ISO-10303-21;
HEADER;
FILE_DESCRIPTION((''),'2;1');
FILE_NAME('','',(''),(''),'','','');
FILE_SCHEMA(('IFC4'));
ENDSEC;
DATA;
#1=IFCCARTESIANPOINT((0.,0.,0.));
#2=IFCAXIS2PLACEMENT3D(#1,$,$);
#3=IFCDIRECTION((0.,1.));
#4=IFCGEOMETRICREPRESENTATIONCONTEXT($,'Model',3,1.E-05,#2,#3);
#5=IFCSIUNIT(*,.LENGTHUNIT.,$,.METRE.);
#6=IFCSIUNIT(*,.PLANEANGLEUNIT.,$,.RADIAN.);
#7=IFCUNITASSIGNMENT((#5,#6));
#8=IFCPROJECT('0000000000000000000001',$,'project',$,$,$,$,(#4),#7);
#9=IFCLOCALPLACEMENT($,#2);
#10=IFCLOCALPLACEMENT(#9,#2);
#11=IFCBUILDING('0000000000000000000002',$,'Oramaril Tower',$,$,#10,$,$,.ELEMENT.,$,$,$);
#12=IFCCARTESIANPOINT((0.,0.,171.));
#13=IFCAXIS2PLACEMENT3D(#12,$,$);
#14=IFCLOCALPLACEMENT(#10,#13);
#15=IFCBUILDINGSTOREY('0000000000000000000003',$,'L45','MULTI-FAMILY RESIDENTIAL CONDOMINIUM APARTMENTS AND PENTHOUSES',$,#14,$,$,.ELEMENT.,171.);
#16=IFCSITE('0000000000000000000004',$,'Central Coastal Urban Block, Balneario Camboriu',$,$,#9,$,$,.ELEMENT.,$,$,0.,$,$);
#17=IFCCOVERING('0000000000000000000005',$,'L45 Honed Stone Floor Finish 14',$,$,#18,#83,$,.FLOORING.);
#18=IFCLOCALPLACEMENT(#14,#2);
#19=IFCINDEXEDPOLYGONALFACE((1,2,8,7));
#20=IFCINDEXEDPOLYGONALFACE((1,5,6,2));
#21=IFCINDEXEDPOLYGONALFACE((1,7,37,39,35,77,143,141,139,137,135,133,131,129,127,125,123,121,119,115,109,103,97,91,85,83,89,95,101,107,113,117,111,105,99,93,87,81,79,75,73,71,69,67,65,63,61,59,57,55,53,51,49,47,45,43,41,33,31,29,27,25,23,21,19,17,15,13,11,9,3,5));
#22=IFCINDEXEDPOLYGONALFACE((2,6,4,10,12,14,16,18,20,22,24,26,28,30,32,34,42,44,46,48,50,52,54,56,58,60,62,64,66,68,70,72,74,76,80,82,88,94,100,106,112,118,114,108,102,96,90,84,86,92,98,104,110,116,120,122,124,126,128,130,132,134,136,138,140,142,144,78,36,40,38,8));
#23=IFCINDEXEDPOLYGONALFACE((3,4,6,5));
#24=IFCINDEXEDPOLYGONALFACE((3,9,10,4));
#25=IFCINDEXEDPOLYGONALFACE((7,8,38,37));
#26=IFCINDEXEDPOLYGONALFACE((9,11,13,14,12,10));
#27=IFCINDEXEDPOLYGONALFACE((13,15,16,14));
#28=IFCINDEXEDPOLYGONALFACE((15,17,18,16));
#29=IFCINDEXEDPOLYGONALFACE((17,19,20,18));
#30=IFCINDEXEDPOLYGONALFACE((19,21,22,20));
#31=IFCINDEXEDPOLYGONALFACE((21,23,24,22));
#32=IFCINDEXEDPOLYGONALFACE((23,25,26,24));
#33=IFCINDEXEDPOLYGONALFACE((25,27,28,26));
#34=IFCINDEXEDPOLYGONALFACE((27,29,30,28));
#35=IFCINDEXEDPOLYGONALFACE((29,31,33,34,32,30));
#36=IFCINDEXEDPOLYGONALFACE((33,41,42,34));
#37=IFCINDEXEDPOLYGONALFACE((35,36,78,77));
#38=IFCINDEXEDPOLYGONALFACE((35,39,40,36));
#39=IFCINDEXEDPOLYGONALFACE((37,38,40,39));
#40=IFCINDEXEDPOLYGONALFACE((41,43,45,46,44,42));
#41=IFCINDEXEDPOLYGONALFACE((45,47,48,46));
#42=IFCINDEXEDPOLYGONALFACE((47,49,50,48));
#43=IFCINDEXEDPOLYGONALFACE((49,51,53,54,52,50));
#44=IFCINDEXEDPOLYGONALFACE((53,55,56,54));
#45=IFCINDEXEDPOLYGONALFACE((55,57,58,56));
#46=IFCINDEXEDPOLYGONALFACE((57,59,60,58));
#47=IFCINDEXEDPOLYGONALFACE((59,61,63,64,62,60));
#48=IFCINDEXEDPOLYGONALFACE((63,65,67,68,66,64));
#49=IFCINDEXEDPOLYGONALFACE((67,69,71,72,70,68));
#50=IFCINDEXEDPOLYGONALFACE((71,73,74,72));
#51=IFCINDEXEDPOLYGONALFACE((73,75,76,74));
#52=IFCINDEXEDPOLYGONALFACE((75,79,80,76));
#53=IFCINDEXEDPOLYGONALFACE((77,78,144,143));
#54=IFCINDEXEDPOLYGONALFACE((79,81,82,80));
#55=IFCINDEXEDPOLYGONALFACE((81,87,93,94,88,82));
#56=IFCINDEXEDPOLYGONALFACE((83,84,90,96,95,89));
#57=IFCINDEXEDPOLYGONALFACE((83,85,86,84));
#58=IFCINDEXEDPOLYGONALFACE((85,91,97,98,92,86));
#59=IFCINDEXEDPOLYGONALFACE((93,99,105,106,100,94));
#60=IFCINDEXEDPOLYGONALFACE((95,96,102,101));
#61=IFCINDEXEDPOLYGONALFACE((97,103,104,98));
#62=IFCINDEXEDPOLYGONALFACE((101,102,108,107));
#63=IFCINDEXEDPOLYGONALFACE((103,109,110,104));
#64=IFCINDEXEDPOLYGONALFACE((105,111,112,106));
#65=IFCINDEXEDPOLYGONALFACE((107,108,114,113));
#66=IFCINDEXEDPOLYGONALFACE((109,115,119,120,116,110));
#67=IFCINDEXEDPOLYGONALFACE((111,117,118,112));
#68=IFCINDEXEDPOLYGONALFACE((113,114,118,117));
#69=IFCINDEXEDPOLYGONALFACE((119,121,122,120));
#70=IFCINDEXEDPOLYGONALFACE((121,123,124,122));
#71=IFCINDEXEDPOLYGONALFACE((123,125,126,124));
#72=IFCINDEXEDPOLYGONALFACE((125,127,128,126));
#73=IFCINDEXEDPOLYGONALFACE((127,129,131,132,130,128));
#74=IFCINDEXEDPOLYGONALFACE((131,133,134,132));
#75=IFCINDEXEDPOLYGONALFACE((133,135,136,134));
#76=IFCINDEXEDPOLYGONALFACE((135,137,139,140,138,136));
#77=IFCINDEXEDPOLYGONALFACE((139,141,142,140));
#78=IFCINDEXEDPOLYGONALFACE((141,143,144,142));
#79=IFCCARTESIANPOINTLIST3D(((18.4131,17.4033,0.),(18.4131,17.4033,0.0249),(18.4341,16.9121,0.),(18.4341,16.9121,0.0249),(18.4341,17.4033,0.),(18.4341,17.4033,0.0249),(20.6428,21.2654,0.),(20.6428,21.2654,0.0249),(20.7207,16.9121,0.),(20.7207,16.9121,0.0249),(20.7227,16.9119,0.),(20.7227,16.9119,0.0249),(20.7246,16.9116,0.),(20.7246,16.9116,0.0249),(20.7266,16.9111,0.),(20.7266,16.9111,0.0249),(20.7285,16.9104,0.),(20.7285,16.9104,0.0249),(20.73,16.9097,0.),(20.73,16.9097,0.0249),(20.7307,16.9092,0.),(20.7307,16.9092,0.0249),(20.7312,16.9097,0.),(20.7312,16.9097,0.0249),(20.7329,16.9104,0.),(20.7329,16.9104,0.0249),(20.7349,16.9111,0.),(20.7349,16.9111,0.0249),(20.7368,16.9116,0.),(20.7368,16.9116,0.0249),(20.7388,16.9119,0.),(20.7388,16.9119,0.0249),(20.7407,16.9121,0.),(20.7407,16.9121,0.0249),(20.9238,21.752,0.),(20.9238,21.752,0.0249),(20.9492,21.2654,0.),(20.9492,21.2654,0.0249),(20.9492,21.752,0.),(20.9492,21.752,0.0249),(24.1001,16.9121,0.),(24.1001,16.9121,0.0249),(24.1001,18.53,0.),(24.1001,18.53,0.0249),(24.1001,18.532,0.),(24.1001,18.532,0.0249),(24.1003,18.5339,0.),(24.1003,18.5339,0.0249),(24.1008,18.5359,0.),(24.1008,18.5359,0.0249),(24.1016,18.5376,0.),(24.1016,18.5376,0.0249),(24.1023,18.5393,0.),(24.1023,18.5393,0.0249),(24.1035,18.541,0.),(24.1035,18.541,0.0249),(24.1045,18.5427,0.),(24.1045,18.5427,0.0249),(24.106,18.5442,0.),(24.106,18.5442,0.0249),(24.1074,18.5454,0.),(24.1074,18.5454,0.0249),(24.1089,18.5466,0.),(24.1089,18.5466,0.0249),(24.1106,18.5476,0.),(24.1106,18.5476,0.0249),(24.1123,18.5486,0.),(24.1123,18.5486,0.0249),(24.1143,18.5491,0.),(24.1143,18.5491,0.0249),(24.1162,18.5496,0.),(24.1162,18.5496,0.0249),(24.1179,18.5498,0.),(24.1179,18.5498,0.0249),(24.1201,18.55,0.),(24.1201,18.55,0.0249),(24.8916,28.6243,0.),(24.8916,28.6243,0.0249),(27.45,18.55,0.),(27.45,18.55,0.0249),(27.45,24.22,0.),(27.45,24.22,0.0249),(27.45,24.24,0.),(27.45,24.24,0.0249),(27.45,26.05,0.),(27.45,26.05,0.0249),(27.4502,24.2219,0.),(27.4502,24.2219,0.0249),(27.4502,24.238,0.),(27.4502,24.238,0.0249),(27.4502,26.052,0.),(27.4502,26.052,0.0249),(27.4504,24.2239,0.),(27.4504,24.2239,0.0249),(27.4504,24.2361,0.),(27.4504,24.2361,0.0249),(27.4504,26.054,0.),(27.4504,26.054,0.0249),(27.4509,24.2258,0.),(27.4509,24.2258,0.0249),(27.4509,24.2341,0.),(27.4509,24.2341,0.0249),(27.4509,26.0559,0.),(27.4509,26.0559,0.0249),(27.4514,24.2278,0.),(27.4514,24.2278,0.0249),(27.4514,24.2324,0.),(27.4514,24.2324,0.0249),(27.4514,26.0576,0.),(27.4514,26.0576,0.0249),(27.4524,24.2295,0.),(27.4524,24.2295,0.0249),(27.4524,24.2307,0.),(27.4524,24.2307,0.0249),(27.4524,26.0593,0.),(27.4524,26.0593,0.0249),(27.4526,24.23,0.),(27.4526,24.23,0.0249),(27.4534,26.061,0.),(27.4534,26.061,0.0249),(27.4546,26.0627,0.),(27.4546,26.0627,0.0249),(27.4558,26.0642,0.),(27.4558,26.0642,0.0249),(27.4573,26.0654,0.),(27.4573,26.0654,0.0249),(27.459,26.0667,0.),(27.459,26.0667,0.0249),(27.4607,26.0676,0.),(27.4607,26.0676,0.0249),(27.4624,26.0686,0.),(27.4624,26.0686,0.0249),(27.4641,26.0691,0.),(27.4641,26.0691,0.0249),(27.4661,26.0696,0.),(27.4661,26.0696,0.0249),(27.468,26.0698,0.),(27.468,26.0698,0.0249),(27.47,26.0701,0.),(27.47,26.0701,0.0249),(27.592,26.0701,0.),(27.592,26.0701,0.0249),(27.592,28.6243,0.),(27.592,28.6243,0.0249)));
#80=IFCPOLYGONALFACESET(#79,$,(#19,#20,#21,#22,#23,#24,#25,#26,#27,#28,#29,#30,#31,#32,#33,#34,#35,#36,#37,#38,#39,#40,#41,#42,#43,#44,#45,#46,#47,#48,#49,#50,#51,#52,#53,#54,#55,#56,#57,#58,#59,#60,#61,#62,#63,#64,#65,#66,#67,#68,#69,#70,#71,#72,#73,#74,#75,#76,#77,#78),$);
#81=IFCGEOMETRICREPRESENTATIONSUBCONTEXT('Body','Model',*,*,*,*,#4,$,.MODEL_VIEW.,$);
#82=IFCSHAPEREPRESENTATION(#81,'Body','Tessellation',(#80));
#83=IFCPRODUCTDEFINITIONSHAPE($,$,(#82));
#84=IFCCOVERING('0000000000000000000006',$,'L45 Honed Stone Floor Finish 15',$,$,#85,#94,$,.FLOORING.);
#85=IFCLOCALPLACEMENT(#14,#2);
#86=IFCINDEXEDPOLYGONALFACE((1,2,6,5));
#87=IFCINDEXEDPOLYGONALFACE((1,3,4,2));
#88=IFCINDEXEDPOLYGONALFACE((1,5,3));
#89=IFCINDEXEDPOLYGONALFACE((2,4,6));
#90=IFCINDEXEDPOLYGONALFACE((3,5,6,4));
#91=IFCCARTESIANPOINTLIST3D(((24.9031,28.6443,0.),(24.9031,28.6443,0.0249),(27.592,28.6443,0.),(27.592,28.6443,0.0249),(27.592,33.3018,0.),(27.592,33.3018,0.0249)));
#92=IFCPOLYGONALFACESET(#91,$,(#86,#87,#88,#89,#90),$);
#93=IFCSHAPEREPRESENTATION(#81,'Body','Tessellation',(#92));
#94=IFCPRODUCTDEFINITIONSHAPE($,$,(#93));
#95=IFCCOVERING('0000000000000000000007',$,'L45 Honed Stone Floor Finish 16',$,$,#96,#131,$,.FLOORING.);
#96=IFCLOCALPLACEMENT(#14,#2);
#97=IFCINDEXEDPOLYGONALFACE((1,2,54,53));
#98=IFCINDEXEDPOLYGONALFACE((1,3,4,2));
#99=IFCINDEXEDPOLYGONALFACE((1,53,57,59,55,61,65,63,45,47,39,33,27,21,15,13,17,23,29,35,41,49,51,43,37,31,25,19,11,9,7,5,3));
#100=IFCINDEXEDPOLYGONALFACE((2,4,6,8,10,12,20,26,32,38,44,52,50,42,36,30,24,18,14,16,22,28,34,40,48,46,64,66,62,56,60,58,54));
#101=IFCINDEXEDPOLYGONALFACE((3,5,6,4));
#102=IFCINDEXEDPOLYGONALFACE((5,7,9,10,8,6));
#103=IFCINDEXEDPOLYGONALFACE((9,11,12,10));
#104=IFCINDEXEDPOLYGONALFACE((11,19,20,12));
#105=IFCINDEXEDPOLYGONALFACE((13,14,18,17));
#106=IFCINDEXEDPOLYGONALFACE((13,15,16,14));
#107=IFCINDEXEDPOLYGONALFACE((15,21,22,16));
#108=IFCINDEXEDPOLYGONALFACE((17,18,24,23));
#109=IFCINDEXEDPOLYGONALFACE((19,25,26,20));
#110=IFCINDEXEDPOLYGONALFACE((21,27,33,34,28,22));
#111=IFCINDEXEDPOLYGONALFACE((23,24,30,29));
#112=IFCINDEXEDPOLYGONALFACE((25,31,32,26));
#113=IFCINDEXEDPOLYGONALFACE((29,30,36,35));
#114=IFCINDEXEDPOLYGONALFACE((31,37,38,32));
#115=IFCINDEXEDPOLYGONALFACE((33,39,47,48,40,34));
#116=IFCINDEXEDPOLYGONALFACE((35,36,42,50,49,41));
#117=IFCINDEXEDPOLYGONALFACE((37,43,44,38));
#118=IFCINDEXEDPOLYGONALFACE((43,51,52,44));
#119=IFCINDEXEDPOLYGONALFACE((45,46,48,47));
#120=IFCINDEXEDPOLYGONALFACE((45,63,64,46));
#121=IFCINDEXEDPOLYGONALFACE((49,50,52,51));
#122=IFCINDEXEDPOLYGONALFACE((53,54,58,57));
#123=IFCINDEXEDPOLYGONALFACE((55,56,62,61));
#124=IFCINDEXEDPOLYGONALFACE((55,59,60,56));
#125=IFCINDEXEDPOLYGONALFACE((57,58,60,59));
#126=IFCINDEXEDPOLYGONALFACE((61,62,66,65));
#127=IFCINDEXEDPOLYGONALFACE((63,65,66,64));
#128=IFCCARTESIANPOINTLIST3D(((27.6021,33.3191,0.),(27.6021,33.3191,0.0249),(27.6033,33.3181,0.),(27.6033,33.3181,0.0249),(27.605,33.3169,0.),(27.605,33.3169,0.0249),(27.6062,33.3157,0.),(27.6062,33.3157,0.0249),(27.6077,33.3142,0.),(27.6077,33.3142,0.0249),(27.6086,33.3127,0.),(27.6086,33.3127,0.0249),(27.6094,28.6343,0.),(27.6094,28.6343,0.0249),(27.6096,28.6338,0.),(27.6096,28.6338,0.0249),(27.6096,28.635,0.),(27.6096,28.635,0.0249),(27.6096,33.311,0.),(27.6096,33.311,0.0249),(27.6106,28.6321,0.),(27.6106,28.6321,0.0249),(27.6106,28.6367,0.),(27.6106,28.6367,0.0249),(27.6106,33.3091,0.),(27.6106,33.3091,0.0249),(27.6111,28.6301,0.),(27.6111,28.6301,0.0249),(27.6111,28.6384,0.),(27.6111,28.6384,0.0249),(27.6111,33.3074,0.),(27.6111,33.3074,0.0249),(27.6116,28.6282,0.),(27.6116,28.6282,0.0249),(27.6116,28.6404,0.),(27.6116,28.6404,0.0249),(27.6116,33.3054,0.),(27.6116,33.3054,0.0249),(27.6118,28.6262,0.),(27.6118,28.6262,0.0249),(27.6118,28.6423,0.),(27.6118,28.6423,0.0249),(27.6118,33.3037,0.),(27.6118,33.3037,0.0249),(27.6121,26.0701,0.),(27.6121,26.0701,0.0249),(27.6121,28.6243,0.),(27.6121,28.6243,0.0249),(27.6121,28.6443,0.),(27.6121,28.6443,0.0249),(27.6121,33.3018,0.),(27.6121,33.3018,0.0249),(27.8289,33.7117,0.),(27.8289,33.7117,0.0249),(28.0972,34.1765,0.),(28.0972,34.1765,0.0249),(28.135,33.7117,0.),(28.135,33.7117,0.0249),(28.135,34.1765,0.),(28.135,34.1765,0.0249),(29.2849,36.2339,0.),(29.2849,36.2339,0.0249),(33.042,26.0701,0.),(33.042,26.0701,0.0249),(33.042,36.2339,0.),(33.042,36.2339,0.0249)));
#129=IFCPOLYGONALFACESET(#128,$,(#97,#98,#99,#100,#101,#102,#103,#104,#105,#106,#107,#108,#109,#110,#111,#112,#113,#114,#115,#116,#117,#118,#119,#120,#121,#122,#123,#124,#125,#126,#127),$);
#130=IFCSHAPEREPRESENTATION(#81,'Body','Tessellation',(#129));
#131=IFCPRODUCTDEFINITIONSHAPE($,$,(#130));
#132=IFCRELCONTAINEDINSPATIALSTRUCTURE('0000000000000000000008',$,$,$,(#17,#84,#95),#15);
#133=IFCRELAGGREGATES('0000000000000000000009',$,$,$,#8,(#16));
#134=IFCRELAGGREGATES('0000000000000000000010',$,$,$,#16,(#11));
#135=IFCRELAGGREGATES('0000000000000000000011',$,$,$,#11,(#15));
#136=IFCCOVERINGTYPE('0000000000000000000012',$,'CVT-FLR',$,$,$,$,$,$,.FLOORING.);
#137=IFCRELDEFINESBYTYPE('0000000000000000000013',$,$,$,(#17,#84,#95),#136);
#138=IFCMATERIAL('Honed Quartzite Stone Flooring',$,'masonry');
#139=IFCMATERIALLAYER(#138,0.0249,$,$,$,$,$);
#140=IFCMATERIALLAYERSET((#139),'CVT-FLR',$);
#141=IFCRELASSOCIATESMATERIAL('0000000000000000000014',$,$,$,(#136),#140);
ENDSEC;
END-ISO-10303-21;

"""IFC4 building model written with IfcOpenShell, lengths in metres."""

from ifc_helpers import new_model, si_unit, direction, frame, origin, place, context, subcontext, project, spatial, polyline, outline, extrude, material, layer, layer_set, type_object, element, save


model = new_model("IFC4")

# Units and contexts
model_context = context("Model", 3, precision=1e-05, world=origin(), true_north=direction((0.0, 1.0)))
body_context = subcontext(model_context, "Body", "Model", "MODEL_VIEW")
ifc_project = project(units=[si_unit("LENGTHUNIT", "METRE"), si_unit("PLANEANGLEUNIT", "RADIAN")], contexts=[model_context])

# Site, building, storey
site_placement = place(None, origin())
site = spatial("IfcSite", under=ifc_project, at=site_placement, Name="Central Coastal Urban Block, Balneario Camboriu", CompositionType="ELEMENT", RefElevation=0.0)
building_placement = place(site_placement, origin())
building = spatial("IfcBuilding", under=site, at=building_placement, Name="Oramaril Tower", CompositionType="ELEMENT")
storey_placement = place(building_placement, frame((0.0, 0.0, 171.0)))
storey = spatial("IfcBuildingStorey", under=building, at=storey_placement, Name="L45", Description="MULTI-FAMILY RESIDENTIAL CONDOMINIUM APARTMENTS AND PENTHOUSES", CompositionType="ELEMENT", Elevation=171.0)

# Coverings
ifc_material_1 = material(Name="Honed Quartzite Stone Flooring", Category="masonry")
ifc_layer_1 = layer(ifc_material_1, 0.0249)
ifc_layer_set_1 = layer_set([ifc_layer_1], Name="CVT-FLR")
covering_type_1 = type_object("IfcCoveringType", Name="CVT-FLR", PredefinedType="FLOORING", material=ifc_layer_set_1)
covering_1_placement = place(storey_placement, origin())
element("IfcCovering", 1, at=covering_1_placement, inside=storey, type_object=covering_type_1, Name="L45 Honed Stone Floor Finish 14", PredefinedType="FLOORING", context=body_context, shape_type="SweptSolid", body=[
    extrude(outline(polyline([(18.4341, 17.4033), (18.4131, 17.4033), (20.6428, 21.2654), (20.9492, 21.2654), (20.9492, 21.752), (20.9238, 21.752), (24.8916, 28.6243), (27.592, 28.6243), (27.592, 26.0701), (27.47, 26.0701), (27.468, 26.0698), (27.4661, 26.0696), (27.4641, 26.0691), (27.4624, 26.0686), (27.4607, 26.0676), (27.459, 26.0667), (27.4573, 26.0654), (27.4558, 26.0642), (27.4546, 26.0627), (27.4534, 26.061), (27.4524, 26.0593), (27.4514, 26.0576), (27.4509, 26.0559), (27.4504, 26.054), (27.4502, 26.052), (27.45, 26.05), (27.45, 24.24), (27.4502, 24.238), (27.4504, 24.2361), (27.4509, 24.2341), (27.4514, 24.2324), (27.4524, 24.2307), (27.4526, 24.23), (27.4524, 24.2295), (27.4514, 24.2278), (27.4509, 24.2258), (27.4504, 24.2239), (27.4502, 24.2219), (27.45, 24.22), (27.45, 18.55), (24.1201, 18.55), (24.1179, 18.5498), (24.1162, 18.5496), (24.1143, 18.5491), (24.1123, 18.5486), (24.1106, 18.5476), (24.1089, 18.5466), (24.1074, 18.5454), (24.106, 18.5442), (24.1045, 18.5427), (24.1035, 18.541), (24.1023, 18.5393), (24.1016, 18.5376), (24.1008, 18.5359), (24.1003, 18.5339), (24.1001, 18.532), (24.1001, 18.53), (24.1001, 16.9121), (20.7407, 16.9121), (20.7388, 16.9119), (20.7368, 16.9116), (20.7349, 16.9111), (20.7329, 16.9104), (20.7312, 16.9097), (20.7307, 16.9092), (20.73, 16.9097), (20.7285, 16.9104), (20.7266, 16.9111), (20.7246, 16.9116), (20.7227, 16.9119), (20.7207, 16.9121), (18.4341, 16.9121), (18.4341, 17.4033)])), origin(), (0.0, 0.0, 1.0), 0.0249),
])
covering_2_placement = place(storey_placement, origin())
element("IfcCovering", 2, at=covering_2_placement, inside=storey, type_object=covering_type_1, Name="L45 Honed Stone Floor Finish 15", PredefinedType="FLOORING", context=body_context, shape_type="SweptSolid", body=[
    extrude(outline(polyline([(27.592, 33.3018), (27.592, 28.6443), (24.9031, 28.6443), (27.592, 33.3018)])), origin(), (0.0, 0.0, 1.0), 0.0249),
])
covering_3_placement = place(storey_placement, origin())
element("IfcCovering", 3, at=covering_3_placement, inside=storey, type_object=covering_type_1, Name="L45 Honed Stone Floor Finish 16", PredefinedType="FLOORING", context=body_context, shape_type="SweptSolid", body=[
    extrude(outline(polyline([(28.135, 33.7117), (28.135, 34.1765), (28.0972, 34.1765), (29.2849, 36.2339), (33.042, 36.2339), (33.042, 26.0701), (27.6121, 26.0701), (27.6121, 28.6243), (27.6118, 28.6262), (27.6116, 28.6282), (27.6111, 28.6301), (27.6106, 28.6321), (27.6096, 28.6338), (27.6094, 28.6343), (27.6096, 28.635), (27.6106, 28.6367), (27.6111, 28.6384), (27.6116, 28.6404), (27.6118, 28.6423), (27.6121, 28.6443), (27.6121, 33.3018), (27.6118, 33.3037), (27.6116, 33.3054), (27.6111, 33.3074), (27.6106, 33.3091), (27.6096, 33.311), (27.6086, 33.3127), (27.6077, 33.3142), (27.6062, 33.3157), (27.605, 33.3169), (27.6033, 33.3181), (27.6021, 33.3191), (27.8289, 33.7117), (28.135, 33.7117)])), origin(), (0.0, 0.0, 1.0), 0.0249),
])

save(model, "model.ifc")
